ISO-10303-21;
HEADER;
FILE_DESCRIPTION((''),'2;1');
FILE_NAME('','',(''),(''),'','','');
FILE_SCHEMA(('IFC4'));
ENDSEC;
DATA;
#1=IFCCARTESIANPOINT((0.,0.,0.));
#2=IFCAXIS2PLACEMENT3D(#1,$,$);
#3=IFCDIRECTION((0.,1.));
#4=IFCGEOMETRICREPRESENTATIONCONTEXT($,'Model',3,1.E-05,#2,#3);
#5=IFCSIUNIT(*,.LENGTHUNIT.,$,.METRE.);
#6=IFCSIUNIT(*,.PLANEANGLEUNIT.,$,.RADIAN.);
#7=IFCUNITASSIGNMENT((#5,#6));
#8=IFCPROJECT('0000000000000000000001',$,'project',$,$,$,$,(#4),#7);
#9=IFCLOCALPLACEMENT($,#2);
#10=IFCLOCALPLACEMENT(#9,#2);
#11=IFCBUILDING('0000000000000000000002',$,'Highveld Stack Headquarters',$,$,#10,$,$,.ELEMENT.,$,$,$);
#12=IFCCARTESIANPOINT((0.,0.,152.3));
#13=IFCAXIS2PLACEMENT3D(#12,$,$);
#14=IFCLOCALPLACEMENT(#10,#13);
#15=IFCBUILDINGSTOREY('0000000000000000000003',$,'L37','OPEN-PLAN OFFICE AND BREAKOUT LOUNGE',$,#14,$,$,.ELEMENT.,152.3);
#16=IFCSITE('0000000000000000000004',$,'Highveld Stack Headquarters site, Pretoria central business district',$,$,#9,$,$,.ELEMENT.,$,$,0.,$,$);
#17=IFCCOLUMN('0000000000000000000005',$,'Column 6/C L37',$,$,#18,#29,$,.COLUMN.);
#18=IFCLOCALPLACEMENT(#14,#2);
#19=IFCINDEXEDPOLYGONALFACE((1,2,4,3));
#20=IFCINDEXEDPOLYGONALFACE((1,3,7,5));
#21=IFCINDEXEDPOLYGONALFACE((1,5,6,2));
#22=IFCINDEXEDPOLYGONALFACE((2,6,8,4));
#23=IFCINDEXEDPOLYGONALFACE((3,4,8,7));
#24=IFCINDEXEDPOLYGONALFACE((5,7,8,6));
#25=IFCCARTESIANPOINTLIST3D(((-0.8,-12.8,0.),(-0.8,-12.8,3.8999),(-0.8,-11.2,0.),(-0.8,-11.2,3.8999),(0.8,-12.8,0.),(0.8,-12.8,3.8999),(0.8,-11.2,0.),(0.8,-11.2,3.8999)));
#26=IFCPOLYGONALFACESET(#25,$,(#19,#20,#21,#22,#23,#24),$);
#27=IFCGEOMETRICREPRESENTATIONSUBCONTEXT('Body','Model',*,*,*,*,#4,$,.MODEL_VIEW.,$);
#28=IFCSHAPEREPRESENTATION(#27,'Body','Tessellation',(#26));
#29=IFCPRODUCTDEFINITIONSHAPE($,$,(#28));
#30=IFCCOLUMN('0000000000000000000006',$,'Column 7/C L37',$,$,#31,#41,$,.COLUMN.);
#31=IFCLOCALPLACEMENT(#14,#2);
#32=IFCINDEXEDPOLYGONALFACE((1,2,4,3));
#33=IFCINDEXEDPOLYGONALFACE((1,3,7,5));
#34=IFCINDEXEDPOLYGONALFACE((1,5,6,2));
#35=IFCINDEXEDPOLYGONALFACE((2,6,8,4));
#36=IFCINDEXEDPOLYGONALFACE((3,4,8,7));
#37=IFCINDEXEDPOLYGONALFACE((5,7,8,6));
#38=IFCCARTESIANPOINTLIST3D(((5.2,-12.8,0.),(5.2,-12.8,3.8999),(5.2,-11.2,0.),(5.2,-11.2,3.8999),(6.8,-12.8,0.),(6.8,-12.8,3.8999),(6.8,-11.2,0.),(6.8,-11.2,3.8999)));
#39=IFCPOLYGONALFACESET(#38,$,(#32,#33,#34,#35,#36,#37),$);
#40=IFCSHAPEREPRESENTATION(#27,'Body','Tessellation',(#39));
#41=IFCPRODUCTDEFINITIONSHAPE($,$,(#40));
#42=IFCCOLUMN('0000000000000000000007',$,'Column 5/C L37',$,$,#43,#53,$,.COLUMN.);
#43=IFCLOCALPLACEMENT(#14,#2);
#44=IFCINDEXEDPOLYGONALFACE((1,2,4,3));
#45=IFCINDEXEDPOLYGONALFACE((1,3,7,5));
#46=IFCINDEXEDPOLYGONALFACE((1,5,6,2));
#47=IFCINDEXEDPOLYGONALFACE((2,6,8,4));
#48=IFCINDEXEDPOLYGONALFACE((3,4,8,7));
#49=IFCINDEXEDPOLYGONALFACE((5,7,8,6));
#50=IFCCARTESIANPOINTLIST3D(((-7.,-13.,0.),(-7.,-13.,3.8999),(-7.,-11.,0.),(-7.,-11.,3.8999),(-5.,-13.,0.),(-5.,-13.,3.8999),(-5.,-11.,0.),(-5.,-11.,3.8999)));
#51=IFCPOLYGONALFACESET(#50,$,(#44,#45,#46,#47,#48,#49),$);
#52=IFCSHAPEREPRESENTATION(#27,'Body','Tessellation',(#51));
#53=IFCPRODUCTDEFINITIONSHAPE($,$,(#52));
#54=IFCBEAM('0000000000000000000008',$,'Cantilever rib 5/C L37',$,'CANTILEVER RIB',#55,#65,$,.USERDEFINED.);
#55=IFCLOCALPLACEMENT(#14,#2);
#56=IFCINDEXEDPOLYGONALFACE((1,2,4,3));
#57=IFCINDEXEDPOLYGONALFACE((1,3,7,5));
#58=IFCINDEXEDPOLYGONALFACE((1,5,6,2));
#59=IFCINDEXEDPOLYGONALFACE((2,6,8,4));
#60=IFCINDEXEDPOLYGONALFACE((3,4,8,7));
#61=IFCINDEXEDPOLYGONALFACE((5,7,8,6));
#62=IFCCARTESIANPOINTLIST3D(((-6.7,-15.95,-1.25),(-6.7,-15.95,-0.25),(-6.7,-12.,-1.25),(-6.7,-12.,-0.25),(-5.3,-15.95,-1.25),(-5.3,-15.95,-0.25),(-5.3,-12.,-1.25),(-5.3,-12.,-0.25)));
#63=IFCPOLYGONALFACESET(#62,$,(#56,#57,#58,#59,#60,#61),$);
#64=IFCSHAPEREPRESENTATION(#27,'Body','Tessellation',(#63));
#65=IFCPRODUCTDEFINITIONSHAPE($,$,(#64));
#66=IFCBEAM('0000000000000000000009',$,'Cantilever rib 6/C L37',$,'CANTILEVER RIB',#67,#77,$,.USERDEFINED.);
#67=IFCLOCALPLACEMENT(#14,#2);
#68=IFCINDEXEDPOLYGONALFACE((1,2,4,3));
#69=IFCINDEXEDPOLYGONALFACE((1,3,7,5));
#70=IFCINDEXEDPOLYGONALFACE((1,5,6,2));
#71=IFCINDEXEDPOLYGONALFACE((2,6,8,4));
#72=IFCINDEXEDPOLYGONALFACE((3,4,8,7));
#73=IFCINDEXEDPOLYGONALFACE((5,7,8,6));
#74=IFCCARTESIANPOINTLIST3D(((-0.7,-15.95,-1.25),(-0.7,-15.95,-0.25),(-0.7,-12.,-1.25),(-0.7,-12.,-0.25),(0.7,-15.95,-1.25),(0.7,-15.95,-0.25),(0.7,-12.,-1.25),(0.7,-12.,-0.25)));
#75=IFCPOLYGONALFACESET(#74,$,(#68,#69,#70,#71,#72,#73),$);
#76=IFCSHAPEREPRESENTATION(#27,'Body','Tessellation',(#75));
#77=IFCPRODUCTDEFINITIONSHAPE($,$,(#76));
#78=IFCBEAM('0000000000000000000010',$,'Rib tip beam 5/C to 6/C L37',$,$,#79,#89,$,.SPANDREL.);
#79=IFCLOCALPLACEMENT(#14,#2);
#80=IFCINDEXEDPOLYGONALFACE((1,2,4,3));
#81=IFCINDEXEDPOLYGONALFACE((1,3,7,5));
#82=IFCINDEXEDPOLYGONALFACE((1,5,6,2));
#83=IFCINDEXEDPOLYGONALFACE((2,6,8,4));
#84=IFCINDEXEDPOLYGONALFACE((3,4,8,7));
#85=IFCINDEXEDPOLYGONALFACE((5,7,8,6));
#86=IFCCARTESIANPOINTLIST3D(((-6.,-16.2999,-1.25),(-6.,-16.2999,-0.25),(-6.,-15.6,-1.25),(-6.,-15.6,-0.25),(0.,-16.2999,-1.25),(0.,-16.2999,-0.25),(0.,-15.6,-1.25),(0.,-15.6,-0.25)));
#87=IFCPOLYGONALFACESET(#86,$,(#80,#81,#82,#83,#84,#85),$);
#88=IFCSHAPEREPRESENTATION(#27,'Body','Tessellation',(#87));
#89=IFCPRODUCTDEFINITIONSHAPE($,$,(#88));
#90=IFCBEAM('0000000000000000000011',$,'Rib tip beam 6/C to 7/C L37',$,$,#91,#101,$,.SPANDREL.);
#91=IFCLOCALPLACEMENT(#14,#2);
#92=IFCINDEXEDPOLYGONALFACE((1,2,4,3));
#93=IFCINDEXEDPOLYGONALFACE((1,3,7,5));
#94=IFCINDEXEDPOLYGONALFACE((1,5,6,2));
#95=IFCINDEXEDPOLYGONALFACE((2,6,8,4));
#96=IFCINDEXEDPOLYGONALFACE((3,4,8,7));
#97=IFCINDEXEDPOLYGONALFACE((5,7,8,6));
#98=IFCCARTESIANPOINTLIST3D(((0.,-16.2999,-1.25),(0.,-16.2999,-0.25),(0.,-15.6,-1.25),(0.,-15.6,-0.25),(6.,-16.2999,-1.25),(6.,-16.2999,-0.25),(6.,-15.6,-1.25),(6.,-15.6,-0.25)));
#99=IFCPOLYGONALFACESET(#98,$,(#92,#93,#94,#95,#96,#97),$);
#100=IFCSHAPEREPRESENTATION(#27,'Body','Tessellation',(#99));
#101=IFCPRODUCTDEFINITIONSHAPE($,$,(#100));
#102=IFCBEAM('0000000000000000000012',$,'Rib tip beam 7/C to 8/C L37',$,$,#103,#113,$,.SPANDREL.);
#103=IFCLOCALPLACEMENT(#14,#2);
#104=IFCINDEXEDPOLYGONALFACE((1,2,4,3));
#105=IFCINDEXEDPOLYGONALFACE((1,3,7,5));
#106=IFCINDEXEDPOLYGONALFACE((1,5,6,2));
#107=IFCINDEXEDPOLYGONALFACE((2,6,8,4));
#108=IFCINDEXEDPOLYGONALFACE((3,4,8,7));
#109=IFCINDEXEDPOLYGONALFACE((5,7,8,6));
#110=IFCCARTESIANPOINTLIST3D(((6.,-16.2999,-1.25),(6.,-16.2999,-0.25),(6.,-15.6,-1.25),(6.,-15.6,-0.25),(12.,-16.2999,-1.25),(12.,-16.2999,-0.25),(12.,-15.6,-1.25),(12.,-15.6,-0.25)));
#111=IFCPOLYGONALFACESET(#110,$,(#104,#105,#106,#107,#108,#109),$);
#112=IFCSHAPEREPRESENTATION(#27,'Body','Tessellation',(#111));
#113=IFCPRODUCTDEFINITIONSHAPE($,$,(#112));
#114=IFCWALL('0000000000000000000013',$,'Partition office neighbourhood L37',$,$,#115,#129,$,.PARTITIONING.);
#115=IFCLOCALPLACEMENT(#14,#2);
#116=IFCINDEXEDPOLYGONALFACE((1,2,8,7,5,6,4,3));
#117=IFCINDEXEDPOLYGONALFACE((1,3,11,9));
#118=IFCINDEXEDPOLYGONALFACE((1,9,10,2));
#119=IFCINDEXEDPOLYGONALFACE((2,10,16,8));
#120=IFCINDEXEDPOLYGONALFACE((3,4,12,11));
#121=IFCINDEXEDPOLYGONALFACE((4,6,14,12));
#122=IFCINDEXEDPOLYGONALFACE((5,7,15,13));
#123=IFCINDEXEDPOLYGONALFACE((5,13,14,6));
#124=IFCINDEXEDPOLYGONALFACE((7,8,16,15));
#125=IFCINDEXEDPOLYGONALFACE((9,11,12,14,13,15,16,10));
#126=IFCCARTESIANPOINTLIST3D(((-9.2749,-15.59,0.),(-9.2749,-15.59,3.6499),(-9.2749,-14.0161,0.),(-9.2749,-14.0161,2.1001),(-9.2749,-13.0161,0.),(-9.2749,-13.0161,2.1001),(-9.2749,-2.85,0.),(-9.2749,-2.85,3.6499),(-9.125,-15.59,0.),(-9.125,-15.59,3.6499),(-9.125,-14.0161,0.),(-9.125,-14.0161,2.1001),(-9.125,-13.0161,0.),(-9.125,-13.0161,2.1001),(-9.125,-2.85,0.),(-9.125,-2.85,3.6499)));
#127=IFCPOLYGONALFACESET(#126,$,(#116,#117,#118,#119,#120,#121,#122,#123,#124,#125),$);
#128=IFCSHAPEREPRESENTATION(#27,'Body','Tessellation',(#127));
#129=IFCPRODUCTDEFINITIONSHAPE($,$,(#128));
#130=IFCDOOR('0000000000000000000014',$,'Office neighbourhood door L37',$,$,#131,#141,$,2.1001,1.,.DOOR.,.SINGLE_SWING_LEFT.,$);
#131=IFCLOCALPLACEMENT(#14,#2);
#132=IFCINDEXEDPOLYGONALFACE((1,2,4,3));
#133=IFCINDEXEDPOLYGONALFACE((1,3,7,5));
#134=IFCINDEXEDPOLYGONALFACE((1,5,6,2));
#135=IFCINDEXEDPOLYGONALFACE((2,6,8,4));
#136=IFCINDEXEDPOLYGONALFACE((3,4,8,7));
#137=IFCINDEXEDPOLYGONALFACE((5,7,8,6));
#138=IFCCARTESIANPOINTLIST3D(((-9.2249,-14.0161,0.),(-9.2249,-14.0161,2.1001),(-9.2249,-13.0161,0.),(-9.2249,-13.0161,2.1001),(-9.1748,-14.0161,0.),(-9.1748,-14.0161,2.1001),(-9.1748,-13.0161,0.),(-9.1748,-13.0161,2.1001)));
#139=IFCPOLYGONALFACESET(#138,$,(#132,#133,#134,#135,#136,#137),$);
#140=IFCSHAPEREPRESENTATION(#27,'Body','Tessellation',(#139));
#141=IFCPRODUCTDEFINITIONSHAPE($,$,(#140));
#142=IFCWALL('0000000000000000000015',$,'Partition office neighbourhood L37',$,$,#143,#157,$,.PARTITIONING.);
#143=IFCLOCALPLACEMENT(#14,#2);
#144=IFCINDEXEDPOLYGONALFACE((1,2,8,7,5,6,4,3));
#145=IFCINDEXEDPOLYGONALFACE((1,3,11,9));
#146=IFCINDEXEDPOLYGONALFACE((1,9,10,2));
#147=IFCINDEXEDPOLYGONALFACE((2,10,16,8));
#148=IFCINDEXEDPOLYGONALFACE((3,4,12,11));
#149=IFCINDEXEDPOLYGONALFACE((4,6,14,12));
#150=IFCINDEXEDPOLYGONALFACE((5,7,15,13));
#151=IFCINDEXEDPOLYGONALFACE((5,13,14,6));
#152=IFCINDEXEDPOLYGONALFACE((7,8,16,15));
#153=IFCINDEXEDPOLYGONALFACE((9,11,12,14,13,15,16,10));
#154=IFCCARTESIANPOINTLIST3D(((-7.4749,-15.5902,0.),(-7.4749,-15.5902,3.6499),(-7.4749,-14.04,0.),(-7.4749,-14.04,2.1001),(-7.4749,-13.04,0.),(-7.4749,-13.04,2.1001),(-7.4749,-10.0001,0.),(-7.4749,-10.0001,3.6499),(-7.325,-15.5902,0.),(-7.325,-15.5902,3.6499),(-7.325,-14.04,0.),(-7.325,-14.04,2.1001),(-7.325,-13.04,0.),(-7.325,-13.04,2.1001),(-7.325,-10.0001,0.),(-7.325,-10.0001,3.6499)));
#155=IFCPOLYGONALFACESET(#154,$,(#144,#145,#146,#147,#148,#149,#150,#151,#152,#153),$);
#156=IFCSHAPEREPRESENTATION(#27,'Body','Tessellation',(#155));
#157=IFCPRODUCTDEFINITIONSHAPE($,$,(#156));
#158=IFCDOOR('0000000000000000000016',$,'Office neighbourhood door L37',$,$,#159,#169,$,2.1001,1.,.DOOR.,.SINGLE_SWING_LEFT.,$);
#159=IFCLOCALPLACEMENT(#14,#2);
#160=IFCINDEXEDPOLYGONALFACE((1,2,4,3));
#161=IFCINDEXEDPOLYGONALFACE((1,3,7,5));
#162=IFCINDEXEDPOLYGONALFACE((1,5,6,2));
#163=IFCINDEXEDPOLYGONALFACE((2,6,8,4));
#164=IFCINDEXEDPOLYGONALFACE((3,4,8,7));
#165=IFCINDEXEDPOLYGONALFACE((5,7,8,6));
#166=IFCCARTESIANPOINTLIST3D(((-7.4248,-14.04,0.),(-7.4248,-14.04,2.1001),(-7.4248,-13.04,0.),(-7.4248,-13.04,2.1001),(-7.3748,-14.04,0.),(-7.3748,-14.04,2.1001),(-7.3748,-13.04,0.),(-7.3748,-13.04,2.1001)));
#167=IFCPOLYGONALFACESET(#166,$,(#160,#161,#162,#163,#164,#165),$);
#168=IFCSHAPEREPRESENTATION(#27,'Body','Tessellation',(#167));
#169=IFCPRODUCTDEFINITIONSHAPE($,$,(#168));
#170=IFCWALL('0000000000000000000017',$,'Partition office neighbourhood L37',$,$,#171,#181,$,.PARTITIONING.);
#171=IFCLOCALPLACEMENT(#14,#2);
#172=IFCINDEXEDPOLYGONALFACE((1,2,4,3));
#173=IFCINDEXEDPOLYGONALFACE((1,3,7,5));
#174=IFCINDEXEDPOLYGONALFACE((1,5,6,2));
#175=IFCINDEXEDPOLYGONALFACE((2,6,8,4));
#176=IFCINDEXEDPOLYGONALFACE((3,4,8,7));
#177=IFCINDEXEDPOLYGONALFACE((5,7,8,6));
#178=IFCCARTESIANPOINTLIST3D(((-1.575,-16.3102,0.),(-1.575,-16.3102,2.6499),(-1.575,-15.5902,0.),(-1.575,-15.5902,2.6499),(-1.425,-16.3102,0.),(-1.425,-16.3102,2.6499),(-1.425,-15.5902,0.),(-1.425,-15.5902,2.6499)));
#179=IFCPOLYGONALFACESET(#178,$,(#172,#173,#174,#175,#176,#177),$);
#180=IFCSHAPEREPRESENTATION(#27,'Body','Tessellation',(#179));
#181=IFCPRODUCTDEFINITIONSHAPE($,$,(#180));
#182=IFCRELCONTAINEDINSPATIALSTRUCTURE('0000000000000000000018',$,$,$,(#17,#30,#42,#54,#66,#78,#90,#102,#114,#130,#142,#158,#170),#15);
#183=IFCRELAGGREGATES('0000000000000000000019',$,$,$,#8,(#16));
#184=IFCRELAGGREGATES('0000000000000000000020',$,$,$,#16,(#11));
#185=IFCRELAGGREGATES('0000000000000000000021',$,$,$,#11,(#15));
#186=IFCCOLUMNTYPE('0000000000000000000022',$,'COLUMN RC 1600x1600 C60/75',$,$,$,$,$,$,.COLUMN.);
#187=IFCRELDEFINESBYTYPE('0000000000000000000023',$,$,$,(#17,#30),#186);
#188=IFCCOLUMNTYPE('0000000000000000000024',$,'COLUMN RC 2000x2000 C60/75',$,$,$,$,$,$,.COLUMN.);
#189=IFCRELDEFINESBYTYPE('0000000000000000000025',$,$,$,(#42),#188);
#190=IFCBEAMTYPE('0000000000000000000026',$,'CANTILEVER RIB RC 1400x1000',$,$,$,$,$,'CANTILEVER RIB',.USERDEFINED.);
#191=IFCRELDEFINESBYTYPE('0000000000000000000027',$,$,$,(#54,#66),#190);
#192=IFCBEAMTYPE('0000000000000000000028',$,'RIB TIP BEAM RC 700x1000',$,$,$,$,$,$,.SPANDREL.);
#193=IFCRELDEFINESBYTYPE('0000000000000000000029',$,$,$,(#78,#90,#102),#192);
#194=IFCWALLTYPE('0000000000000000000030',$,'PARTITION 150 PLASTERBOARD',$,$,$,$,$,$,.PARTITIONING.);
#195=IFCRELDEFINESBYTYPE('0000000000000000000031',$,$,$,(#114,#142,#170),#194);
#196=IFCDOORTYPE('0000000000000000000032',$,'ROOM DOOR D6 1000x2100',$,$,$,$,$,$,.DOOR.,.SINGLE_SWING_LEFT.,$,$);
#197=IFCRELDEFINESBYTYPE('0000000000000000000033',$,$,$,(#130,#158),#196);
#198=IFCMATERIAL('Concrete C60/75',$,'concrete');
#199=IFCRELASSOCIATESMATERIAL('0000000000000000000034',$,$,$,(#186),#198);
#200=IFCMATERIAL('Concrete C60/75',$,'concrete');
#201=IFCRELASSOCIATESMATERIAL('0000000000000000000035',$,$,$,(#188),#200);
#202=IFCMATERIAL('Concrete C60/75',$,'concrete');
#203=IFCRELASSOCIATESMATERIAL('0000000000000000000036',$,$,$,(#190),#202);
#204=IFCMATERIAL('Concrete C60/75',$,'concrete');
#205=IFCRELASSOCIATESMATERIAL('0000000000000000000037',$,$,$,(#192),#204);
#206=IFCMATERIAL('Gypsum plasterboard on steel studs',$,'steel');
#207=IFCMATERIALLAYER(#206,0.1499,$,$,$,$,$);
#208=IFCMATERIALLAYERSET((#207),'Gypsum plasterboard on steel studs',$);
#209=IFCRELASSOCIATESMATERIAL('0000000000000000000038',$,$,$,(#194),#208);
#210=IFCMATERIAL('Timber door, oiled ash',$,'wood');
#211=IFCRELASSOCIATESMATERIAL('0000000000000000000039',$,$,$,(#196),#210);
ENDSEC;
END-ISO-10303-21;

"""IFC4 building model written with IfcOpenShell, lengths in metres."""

from ifc_helpers import new_model, si_unit, direction, frame, frame_2d, origin, origin_2d, place, context, subcontext, project, spatial, rectangle, extrude, material, layer, layer_set, material_profile, profile_set, type_object, element, fill, save


model = new_model("IFC4")

# Units and contexts
model_context = context("Model", 3, precision=1e-05, world=origin(), true_north=direction((0.0, 1.0)))
body_context = subcontext(model_context, "Body", "Model", "MODEL_VIEW")
ifc_project = project(units=[si_unit("LENGTHUNIT", "METRE"), si_unit("PLANEANGLEUNIT", "RADIAN")], contexts=[model_context])

# Site, building, storey
site_placement = place(None, origin())
site = spatial("IfcSite", under=ifc_project, at=site_placement, Name="Highveld Stack Headquarters site, Pretoria central business district", CompositionType="ELEMENT", RefElevation=0.0)
building_placement = place(site_placement, origin())
building = spatial("IfcBuilding", under=site, at=building_placement, Name="Highveld Stack Headquarters", CompositionType="ELEMENT")
storey_placement = place(building_placement, frame((0.0, 0.0, 152.3)))
storey = spatial("IfcBuildingStorey", under=building, at=storey_placement, Name="L37", Description="OPEN-PLAN OFFICE AND BREAKOUT LOUNGE", CompositionType="ELEMENT", Elevation=152.3)

# Columns
ifc_material_1 = material(Name="Concrete C60/75", Category="concrete")
ifc_material_profile_1 = material_profile(ifc_material_1, rectangle(XDim=1.6001, YDim=1.6001, at=origin_2d()), Name="RC 1600x1600")
ifc_profile_set_1 = profile_set([ifc_material_profile_1], Name="Concrete C60/75")
column_type_1 = type_object("IfcColumnType", Name="COLUMN RC 1600x1600 C60/75", PredefinedType="COLUMN", material=ifc_profile_set_1)
for number, where, z_axis, x_axis, name in (
    (1, (0.0, -12.0, 0.0), (0.0, 0.0, 1.0), (1.0, 0.0, 0.0), "Column 6/C L37"),
    (2, (6.0, -12.0, 0.0), (0.0, 0.0, 1.0), (1.0, 0.0, 0.0), "Column 7/C L37"),
):
    element("IfcColumn", number, at=place(storey_placement, frame(where, z_axis=z_axis, x_axis=x_axis)), inside=storey, type_object=column_type_1, Name=name, PredefinedType="COLUMN", context=body_context, shape_type="SweptSolid", body=[
        extrude(rectangle(XDim=1.6001, YDim=1.6001, at=origin_2d()), origin(), (0.0, 0.0, 1.0), 3.8999),
    ])
ifc_material_2 = material(Name="Concrete C60/75", Category="concrete")
ifc_material_profile_2 = material_profile(ifc_material_2, rectangle(XDim=2.0, YDim=2.0, at=origin_2d()), Name="RC 2000x2000")
ifc_profile_set_2 = profile_set([ifc_material_profile_2], Name="Concrete C60/75")
column_type_2 = type_object("IfcColumnType", Name="COLUMN RC 2000x2000 C60/75", PredefinedType="COLUMN", material=ifc_profile_set_2)
column_placement = place(storey_placement, frame((-6.0, -12.0, 0.0), z_axis=(0.0, 0.0, 1.0), x_axis=(1.0, 0.0, 0.0)))
element("IfcColumn", 3, at=column_placement, inside=storey, type_object=column_type_2, Name="Column 5/C L37", PredefinedType="COLUMN", context=body_context, shape_type="SweptSolid", body=[
    extrude(rectangle(XDim=2.0, YDim=2.0, at=origin_2d()), origin(), (0.0, 0.0, 1.0), 3.8999),
])

# Beams
ifc_material_3 = material(Name="Concrete C60/75", Category="concrete")
ifc_material_profile_3 = material_profile(ifc_material_3, rectangle(XDim=1.3999, YDim=1.0, at=origin_2d()), Name="RC 1400x1000")
ifc_profile_set_3 = profile_set([ifc_material_profile_3], Name="Concrete C60/75")
beam_type_1 = type_object("IfcBeamType", Name="CANTILEVER RIB RC 1400x1000", ElementType="CANTILEVER RIB", PredefinedType="USERDEFINED", material=ifc_profile_set_3)
for number, where, z_axis, x_axis, name in (
    (4, (-6.0, -12.0, -0.75), (0.0, -1.0, 0.0), (1.0, 0.0, 0.0), "Cantilever rib 5/C L37"),
    (5, (0.0, -12.0, -0.75), (0.0, -1.0, 0.0), (1.0, 0.0, 0.0), "Cantilever rib 6/C L37"),
):
    element("IfcBeam", number, at=place(storey_placement, frame(where, z_axis=z_axis, x_axis=x_axis)), inside=storey, type_object=beam_type_1, Name=name, ObjectType="CANTILEVER RIB", PredefinedType="USERDEFINED", context=body_context, shape_type="SweptSolid", body=[
        extrude(rectangle(XDim=1.3999, YDim=1.0, at=origin_2d()), origin(), (0.0, 0.0, 1.0), 3.95),
    ])
ifc_material_4 = material(Name="Concrete C60/75", Category="concrete")
ifc_material_profile_4 = material_profile(ifc_material_4, rectangle(XDim=0.7, YDim=1.0, at=origin_2d()), Name="RC 700x1000")
ifc_profile_set_4 = profile_set([ifc_material_profile_4], Name="Concrete C60/75")
beam_type_2 = type_object("IfcBeamType", Name="RIB TIP BEAM RC 700x1000", PredefinedType="SPANDREL", material=ifc_profile_set_4)
for number, where, z_axis, x_axis, name in (
    (6, (-6.0, -15.95, -0.75), (1.0, 0.0, 0.0), (0.0, 1.0, 0.0), "Rib tip beam 5/C to 6/C L37"),
    (7, (0.0, -15.95, -0.75), (1.0, 0.0, 0.0), (0.0, 1.0, 0.0), "Rib tip beam 6/C to 7/C L37"),
    (8, (6.0, -15.95, -0.75), (1.0, 0.0, 0.0), (0.0, 1.0, 0.0), "Rib tip beam 7/C to 8/C L37"),
):
    element("IfcBeam", number, at=place(storey_placement, frame(where, z_axis=z_axis, x_axis=x_axis)), inside=storey, type_object=beam_type_2, Name=name, PredefinedType="SPANDREL", context=body_context, shape_type="SweptSolid", body=[
        extrude(rectangle(XDim=0.7, YDim=1.0, at=origin_2d()), origin(), (0.0, 0.0, 1.0), 6.0),
    ])

# Walls, openings, doors
ifc_material_5 = material(Name="Gypsum plasterboard on steel studs", Category="steel")
ifc_layer = layer(ifc_material_5, 0.1499)
ifc_layer_set = layer_set([ifc_layer], Name="Gypsum plasterboard on steel studs")
wall_type = type_object("IfcWallType", Name="PARTITION 150 PLASTERBOARD", PredefinedType="PARTITIONING", material=ifc_layer_set)
wall_1_placement = place(storey_placement, frame((-9.2, -15.5901, 0.0), z_axis=(0.0, 0.0, 1.0), x_axis=(0.0, 1.0, 0.0)))
wall_1 = element("IfcWall", 9, at=wall_1_placement, inside=storey, type_object=wall_type, Name="Partition office neighbourhood L37", PredefinedType="PARTITIONING", context=body_context, shape_type="SweptSolid", body=[
    extrude(rectangle(XDim=12.74, YDim=0.1499, at=frame_2d((6.3701, 0.0))), origin(), (0.0, 0.0, 1.0), 3.6499),
])
opening_1_placement = place(wall_1_placement, frame((1.574, 0.0, 0.0)))
opening_1 = element("IfcOpeningElement", 10, at=opening_1_placement, cuts=wall_1, PredefinedType="OPENING", context=body_context, shape_type="SweptSolid", body=[
    extrude(rectangle(XDim=1.0, YDim=2.1001, at=frame_2d((0.5, 1.05))), frame((0.0, 0.085, 0.0), z_axis=(0.0, -1.0, 0.0), x_axis=(1.0, 0.0, 0.0)), (0.0, 0.0, 1.0), 0.1699),
])
ifc_material_6 = material(Name="Timber door, oiled ash", Category="wood")
door_type = type_object("IfcDoorType", Name="ROOM DOOR D6 1000x2100", OperationType="SINGLE_SWING_LEFT", PredefinedType="DOOR", material=ifc_material_6)
door_1_placement = place(opening_1_placement, origin())
door_1 = element("IfcDoor", 11, at=door_1_placement, inside=storey, type_object=door_type, Name="Office neighbourhood door L37", OperationType="SINGLE_SWING_LEFT", OverallHeight=2.1001, OverallWidth=1.0, PredefinedType="DOOR", context=body_context, shape_type="SweptSolid", body=[
    extrude(rectangle(XDim=1.0, YDim=2.1001, at=frame_2d((0.5, 1.05))), frame((0.0, 0.0249, 0.0), z_axis=(0.0, -1.0, 0.0), x_axis=(1.0, 0.0, 0.0)), (0.0, 0.0, 1.0), 0.05),
])
fill(opening_1, door_1)
wall_2_placement = place(storey_placement, frame((-7.3999, -15.5901, 0.0), z_axis=(0.0, 0.0, 1.0), x_axis=(0.0, 1.0, 0.0)))
wall_2 = element("IfcWall", 12, at=wall_2_placement, inside=storey, type_object=wall_type, Name="Partition office neighbourhood L37", PredefinedType="PARTITIONING", context=body_context, shape_type="SweptSolid", body=[
    extrude(rectangle(XDim=5.5901, YDim=0.1499, at=frame_2d((2.7949, 0.0))), origin(), (0.0, 0.0, 1.0), 3.6499),
])
opening_2_placement = place(wall_2_placement, frame((1.55, 0.0, 0.0)))
opening_2 = element("IfcOpeningElement", 13, at=opening_2_placement, cuts=wall_2, PredefinedType="OPENING", context=body_context, shape_type="SweptSolid", body=[
    extrude(rectangle(XDim=1.0, YDim=2.1001, at=frame_2d((0.5, 1.05))), frame((0.0, 0.085, 0.0), z_axis=(0.0, -1.0, 0.0), x_axis=(1.0, 0.0, 0.0)), (0.0, 0.0, 1.0), 0.1699),
])
door_2_placement = place(opening_2_placement, origin())
door_2 = element("IfcDoor", 14, at=door_2_placement, inside=storey, type_object=door_type, Name="Office neighbourhood door L37", OperationType="SINGLE_SWING_LEFT", OverallHeight=2.1001, OverallWidth=1.0, PredefinedType="DOOR", context=body_context, shape_type="SweptSolid", body=[
    extrude(rectangle(XDim=1.0, YDim=2.1001, at=frame_2d((0.5, 1.05))), frame((0.0, 0.0249, 0.0), z_axis=(0.0, -1.0, 0.0), x_axis=(1.0, 0.0, 0.0)), (0.0, 0.0, 1.0), 0.05),
])
fill(opening_2, door_2)

# Wall
wall_3_placement = place(storey_placement, frame((-1.5, -16.3101, 0.0), z_axis=(0.0, 0.0, 1.0), x_axis=(0.0, 1.0, 0.0)))
element("IfcWall", 15, at=wall_3_placement, inside=storey, type_object=wall_type, Name="Partition office neighbourhood L37", PredefinedType="PARTITIONING", context=body_context, shape_type="SweptSolid", body=[
    extrude(rectangle(XDim=0.72, YDim=0.1499, at=frame_2d((0.3599, 0.0))), origin(), (0.0, 0.0, 1.0), 2.6499),
])

save(model, "model.ifc")
